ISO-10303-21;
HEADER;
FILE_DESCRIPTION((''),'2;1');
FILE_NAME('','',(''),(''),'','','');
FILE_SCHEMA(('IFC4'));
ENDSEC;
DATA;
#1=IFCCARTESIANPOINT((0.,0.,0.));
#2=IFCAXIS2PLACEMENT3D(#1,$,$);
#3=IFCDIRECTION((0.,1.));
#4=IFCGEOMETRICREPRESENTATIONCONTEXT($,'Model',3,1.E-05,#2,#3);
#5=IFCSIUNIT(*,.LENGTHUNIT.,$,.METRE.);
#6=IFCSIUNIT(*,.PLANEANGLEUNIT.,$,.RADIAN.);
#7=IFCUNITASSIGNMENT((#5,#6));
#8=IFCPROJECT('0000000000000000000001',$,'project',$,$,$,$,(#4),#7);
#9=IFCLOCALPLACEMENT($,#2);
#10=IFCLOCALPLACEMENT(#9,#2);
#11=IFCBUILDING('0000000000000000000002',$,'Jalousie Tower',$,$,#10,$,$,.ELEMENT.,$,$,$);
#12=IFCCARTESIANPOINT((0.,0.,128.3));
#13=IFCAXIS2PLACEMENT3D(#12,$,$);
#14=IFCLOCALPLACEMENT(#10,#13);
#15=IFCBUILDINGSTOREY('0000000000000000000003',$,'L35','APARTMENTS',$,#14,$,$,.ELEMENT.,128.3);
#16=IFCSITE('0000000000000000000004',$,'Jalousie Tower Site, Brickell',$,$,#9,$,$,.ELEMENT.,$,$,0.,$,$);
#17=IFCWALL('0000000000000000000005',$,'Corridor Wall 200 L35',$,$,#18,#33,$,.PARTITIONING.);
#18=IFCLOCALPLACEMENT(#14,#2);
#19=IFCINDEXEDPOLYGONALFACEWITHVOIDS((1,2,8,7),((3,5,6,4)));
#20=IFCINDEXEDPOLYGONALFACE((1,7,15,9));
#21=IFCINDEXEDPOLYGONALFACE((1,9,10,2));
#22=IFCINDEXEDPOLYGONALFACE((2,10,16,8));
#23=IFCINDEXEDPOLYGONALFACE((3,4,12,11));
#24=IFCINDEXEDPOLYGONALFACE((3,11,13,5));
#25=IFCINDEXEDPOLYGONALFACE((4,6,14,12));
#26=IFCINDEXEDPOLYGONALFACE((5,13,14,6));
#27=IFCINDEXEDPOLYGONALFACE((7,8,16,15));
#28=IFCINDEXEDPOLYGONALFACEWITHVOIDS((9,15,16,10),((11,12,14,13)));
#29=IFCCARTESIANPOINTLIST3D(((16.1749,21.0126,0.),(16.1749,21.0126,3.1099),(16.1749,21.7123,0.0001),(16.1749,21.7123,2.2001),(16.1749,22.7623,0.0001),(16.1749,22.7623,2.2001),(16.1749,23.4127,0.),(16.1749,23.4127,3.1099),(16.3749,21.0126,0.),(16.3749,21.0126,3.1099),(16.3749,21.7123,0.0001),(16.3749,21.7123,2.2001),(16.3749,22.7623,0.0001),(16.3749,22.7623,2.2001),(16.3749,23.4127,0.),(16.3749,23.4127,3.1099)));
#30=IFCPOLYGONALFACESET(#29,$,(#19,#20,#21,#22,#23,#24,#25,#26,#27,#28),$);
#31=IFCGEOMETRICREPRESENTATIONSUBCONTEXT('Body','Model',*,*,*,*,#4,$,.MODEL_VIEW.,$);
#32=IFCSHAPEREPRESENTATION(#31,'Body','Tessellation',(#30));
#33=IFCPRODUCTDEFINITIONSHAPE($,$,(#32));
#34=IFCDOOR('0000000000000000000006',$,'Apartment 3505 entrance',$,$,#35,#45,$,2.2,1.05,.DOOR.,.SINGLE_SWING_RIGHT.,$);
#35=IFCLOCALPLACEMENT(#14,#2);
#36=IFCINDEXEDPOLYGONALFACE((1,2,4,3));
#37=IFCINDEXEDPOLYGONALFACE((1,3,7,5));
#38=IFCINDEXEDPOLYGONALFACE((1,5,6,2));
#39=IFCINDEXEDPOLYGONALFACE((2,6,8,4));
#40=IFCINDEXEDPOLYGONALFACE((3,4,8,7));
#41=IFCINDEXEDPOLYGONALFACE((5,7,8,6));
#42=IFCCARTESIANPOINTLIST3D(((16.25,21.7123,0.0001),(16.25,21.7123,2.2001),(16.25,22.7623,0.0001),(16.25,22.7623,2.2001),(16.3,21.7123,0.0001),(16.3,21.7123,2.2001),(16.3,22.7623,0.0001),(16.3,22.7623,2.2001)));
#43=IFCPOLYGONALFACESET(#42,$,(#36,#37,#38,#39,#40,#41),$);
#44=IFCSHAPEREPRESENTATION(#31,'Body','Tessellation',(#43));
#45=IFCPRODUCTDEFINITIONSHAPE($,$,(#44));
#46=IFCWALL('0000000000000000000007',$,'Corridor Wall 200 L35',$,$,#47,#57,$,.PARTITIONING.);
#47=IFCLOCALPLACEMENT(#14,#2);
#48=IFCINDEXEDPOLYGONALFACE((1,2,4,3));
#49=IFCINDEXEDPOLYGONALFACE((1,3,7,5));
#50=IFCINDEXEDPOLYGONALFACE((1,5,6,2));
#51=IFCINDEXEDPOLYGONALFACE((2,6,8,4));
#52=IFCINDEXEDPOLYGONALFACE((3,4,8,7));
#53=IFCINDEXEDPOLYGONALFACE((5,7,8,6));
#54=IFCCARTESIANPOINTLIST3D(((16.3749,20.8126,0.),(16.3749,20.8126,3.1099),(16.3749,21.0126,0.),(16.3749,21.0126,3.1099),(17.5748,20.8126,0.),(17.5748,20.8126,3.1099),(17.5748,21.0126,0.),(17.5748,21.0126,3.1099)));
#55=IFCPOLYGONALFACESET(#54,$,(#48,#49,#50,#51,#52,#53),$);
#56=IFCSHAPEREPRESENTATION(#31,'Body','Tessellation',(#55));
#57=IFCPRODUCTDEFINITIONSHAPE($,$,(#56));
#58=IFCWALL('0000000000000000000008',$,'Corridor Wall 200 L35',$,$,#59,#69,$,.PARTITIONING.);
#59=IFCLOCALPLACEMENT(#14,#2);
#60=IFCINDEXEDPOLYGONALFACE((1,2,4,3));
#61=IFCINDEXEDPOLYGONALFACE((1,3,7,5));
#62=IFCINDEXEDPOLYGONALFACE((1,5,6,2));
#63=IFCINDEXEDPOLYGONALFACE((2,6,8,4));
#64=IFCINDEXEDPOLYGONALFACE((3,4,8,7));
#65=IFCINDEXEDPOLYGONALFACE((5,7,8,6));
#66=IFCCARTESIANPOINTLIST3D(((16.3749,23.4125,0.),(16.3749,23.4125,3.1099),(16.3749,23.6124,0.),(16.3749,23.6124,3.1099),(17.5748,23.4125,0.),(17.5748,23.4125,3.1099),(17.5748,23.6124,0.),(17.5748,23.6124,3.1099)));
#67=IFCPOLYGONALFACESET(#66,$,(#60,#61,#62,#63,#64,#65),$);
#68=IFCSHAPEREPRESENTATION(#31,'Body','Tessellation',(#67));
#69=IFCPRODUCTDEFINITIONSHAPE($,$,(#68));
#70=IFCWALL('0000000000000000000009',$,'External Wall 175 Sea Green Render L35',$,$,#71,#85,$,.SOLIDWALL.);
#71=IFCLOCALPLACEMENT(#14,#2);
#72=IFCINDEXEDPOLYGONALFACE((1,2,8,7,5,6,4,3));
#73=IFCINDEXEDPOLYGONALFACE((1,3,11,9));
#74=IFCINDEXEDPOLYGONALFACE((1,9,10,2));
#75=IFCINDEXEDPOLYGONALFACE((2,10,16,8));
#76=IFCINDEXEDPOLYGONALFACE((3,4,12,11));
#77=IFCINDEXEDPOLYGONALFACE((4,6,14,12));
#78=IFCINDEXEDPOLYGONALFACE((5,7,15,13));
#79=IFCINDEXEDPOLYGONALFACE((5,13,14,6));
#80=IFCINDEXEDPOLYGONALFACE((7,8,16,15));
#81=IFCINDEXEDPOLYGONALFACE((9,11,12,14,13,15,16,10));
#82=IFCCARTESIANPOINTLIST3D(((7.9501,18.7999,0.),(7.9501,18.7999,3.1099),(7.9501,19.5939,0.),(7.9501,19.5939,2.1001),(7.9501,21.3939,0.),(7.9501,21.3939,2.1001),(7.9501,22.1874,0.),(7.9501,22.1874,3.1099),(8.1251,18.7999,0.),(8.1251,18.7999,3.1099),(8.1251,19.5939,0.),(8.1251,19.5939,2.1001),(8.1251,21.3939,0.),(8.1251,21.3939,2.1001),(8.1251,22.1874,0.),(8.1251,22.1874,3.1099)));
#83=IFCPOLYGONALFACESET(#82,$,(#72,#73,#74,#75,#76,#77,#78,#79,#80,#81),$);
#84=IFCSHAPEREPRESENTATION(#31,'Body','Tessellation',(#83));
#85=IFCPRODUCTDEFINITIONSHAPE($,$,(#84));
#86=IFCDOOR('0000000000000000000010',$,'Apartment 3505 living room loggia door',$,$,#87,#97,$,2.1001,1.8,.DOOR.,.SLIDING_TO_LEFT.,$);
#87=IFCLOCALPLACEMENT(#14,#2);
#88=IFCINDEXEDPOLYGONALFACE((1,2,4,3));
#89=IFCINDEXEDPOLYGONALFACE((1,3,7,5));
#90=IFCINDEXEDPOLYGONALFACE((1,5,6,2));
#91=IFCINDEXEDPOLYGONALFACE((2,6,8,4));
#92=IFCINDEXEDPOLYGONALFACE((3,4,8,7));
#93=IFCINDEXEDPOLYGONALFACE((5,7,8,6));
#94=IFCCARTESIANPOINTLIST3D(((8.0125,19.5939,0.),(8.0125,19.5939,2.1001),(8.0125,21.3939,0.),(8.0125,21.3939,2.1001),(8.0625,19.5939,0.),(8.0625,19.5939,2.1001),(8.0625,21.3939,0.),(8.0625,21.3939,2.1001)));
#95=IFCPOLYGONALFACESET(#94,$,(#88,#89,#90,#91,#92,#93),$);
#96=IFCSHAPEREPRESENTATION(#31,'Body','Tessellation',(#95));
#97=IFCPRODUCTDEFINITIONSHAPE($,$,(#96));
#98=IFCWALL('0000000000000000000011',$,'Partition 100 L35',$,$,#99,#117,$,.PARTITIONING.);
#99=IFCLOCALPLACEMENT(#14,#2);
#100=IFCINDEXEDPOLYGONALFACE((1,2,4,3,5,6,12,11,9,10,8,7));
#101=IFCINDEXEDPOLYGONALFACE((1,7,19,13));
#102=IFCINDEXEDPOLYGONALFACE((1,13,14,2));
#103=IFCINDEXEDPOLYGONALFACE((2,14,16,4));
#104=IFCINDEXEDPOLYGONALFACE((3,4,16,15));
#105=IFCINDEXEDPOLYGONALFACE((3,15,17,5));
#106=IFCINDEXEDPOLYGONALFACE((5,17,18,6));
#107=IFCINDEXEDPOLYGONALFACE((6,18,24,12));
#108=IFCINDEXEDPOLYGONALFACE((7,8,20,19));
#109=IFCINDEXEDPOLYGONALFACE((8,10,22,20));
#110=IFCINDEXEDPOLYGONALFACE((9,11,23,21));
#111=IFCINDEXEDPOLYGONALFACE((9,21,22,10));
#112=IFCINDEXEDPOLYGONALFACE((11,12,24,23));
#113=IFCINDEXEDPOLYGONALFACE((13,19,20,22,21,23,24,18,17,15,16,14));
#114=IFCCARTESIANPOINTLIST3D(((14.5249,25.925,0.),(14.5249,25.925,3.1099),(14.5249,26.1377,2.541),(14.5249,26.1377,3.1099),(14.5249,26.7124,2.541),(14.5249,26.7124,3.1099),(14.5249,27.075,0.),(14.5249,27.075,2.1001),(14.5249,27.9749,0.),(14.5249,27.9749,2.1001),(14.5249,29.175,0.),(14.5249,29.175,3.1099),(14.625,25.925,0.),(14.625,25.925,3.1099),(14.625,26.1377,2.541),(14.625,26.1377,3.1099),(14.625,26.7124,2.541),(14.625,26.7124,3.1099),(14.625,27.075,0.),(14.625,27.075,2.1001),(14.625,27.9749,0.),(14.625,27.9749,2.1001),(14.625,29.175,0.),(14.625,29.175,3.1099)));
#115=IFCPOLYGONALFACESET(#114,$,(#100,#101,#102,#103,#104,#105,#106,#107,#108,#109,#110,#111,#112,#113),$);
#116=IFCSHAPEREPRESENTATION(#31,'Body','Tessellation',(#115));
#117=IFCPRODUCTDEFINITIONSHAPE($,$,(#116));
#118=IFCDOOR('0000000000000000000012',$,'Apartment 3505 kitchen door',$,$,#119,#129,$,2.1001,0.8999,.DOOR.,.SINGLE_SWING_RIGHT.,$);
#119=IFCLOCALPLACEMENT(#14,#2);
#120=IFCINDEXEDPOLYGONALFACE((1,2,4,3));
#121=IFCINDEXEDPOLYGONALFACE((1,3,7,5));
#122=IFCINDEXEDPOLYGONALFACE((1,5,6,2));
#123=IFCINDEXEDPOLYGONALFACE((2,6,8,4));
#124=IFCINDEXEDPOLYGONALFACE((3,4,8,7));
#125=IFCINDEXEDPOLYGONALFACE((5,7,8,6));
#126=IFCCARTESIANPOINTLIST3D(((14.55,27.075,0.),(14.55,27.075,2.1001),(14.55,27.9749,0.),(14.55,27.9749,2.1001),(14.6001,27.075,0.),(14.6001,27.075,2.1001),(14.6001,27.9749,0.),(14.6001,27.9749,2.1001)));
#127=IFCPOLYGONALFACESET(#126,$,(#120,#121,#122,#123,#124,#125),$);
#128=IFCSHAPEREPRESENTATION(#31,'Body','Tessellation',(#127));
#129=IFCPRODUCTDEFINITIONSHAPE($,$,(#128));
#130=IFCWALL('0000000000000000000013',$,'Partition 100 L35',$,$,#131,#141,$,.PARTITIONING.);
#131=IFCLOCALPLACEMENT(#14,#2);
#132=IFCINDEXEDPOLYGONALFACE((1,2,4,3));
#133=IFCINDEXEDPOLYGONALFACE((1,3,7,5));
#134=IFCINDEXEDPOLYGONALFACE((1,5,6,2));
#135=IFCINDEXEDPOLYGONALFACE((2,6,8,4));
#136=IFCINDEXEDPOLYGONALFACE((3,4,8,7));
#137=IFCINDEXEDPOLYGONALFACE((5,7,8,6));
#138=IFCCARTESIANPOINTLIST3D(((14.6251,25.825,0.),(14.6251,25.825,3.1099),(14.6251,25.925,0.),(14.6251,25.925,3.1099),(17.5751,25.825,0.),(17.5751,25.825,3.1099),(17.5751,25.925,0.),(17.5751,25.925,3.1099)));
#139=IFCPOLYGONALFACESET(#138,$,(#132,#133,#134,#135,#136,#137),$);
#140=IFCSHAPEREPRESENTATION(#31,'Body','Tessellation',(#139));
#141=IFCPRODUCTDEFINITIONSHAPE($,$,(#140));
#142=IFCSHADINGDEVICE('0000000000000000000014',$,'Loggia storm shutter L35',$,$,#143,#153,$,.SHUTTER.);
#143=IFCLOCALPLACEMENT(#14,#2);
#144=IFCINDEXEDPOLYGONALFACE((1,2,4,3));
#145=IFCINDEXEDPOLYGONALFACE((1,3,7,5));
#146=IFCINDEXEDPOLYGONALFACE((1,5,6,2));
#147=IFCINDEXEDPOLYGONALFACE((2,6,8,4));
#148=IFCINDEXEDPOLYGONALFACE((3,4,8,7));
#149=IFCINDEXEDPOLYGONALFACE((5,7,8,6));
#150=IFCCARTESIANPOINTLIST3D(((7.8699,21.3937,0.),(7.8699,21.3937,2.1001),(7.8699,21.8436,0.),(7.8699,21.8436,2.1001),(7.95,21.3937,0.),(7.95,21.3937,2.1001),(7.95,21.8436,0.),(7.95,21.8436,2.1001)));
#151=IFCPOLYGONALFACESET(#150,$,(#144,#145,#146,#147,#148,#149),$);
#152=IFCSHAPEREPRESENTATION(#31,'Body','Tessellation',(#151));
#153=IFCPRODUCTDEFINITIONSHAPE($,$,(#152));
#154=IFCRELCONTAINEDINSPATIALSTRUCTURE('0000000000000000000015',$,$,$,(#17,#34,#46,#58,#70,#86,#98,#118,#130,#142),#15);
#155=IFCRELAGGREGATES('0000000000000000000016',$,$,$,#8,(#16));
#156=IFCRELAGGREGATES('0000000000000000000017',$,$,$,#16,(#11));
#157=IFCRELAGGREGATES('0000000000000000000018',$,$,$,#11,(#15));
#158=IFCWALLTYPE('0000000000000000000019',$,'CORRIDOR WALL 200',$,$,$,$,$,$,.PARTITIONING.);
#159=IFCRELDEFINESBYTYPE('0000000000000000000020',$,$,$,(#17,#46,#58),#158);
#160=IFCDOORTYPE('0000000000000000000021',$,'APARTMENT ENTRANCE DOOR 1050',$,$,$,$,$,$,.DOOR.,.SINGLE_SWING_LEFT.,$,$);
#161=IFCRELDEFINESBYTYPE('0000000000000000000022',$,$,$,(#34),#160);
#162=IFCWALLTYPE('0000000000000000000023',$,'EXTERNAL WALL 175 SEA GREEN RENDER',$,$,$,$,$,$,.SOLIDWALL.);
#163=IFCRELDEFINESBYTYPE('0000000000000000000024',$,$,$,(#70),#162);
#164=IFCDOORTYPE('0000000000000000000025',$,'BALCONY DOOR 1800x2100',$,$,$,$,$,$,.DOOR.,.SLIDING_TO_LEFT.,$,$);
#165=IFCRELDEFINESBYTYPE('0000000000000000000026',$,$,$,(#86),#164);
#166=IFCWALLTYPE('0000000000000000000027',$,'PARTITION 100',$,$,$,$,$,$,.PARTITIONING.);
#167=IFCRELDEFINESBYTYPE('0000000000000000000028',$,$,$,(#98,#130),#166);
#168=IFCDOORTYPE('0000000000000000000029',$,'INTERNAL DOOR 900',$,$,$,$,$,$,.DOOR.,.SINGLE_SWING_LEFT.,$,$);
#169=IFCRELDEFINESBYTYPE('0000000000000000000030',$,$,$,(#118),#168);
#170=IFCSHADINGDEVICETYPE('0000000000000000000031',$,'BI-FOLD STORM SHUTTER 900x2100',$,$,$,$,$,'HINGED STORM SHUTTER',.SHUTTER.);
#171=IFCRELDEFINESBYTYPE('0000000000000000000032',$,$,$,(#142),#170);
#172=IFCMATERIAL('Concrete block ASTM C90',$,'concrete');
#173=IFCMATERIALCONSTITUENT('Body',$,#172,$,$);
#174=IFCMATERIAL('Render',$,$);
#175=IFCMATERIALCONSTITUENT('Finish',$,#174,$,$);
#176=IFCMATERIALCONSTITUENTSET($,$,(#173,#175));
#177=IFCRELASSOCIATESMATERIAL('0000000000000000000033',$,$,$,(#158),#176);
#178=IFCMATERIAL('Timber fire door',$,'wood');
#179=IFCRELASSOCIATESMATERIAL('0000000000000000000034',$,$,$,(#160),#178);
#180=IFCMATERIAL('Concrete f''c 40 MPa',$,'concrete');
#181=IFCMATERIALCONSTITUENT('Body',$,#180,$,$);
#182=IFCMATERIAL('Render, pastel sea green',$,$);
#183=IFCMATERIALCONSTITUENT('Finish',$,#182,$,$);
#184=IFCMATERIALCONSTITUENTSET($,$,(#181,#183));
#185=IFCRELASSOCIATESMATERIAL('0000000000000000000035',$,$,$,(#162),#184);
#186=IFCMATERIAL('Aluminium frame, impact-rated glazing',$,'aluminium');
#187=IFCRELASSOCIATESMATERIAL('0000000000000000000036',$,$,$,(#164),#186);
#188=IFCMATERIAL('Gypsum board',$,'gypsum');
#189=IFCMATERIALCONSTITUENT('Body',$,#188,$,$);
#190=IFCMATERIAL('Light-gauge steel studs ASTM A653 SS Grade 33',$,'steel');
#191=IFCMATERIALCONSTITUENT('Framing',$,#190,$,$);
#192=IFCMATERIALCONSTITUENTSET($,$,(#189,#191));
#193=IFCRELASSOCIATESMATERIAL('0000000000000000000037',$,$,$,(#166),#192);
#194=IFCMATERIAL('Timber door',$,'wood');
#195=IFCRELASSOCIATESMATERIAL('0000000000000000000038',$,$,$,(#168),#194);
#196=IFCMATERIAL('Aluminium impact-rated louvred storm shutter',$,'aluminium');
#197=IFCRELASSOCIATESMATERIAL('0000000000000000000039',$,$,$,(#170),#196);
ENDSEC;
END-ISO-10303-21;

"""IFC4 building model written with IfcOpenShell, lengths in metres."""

from ifc_helpers import new_model, si_unit, direction, frame, frame_2d, origin, origin_2d, place, context, subcontext, project, spatial, polyline, rectangle, outline, extrude, material, constituent, constituent_set, type_object, element, fill, save


model = new_model("IFC4")

# Units and contexts
model_context = context("Model", 3, precision=1e-05, world=origin(), true_north=direction((0.0, 1.0)))
body_context = subcontext(model_context, "Body", "Model", "MODEL_VIEW")
ifc_project = project(units=[si_unit("LENGTHUNIT", "METRE"), si_unit("PLANEANGLEUNIT", "RADIAN")], contexts=[model_context])

# Site, building, storey
site_placement = place(None, origin())
site = spatial("IfcSite", under=ifc_project, at=site_placement, Name="Jalousie Tower Site, Brickell", CompositionType="ELEMENT", RefElevation=0.0)
building_placement = place(site_placement, origin())
building = spatial("IfcBuilding", under=site, at=building_placement, Name="Jalousie Tower", CompositionType="ELEMENT")
storey_placement = place(building_placement, frame((0.0, 0.0, 128.3)))
storey = spatial("IfcBuildingStorey", under=building, at=storey_placement, Name="L35", Description="APARTMENTS", CompositionType="ELEMENT", Elevation=128.3)

# Shared definitions
ifc_material_1 = material(Name="Concrete block ASTM C90", Category="concrete")
ifc_constituent_1 = constituent(ifc_material_1, Name="Body")
ifc_material_2 = material(Name="Render")
ifc_constituent_2 = constituent(ifc_material_2, Name="Finish")
ifc_constituent_set_1 = constituent_set(constituents=[ifc_constituent_1, ifc_constituent_2])
wall_type_1 = type_object("IfcWallType", Name="CORRIDOR WALL 200", PredefinedType="PARTITIONING", material=ifc_constituent_set_1)
ifc_material_3 = material(Name="Timber fire door", Category="wood")
door_type_1 = type_object("IfcDoorType", Name="APARTMENT ENTRANCE DOOR 1050", OperationType="SINGLE_SWING_LEFT", PredefinedType="DOOR", material=ifc_material_3)

# Wall, opening, door
wall_1_placement = place(storey_placement, frame((16.2749, 21.0125, 0.0), z_axis=(0.0, 0.0, 1.0), x_axis=(0.0, 1.0, 0.0)))
wall_1 = element("IfcWall", 1, at=wall_1_placement, inside=storey, type_object=wall_type_1, Name="Corridor Wall 200 L35", PredefinedType="PARTITIONING", context=body_context, shape_type="SweptSolid", body=[
    extrude(rectangle(XDim=2.4001, YDim=0.2, at=frame_2d((1.2002, 0.0))), origin(), (0.0, 0.0, 1.0), 3.1099),
])
opening_1_placement = place(wall_1_placement, frame((0.7, 0.0, 0.0)))
opening_1 = element("IfcOpeningElement", 2, at=opening_1_placement, cuts=wall_1, PredefinedType="OPENING", context=body_context, shape_type="SweptSolid", body=[
    extrude(rectangle(XDim=1.05, YDim=2.2, at=frame_2d((0.5249, 1.1001))), frame((0.0, 0.1099, 0.0), z_axis=(0.0, -1.0, 0.0), x_axis=(1.0, 0.0, 0.0)), (0.0, 0.0, 1.0), 0.22),
])
door_1_placement = place(opening_1_placement, origin())
door_1 = element("IfcDoor", 3, at=door_1_placement, inside=storey, type_object=door_type_1, Name="Apartment 3505 entrance", OperationType="SINGLE_SWING_RIGHT", OverallHeight=2.2, OverallWidth=1.05, PredefinedType="DOOR", context=body_context, shape_type="SweptSolid", body=[
    extrude(rectangle(XDim=1.05, YDim=2.2, at=frame_2d((0.5249, 1.1001))), frame((0.0, 0.0249, 0.0), z_axis=(0.0, -1.0, 0.0), x_axis=(1.0, 0.0, 0.0)), (0.0, 0.0, 1.0), 0.05),
])
fill(opening_1, door_1)

# Walls
for number, where, z_axis, x_axis, name in (
    (4, (17.575, 20.9126, 0.0), (0.0, 0.0, 1.0), (-1.0, 0.0, 0.0), "Corridor Wall 200 L35"),
    (5, (17.575, 23.5125, 0.0), (0.0, 0.0, 1.0), (-1.0, 0.0, 0.0), "Corridor Wall 200 L35"),
):
    element("IfcWall", number, at=place(storey_placement, frame(where, z_axis=z_axis, x_axis=x_axis)), inside=storey, type_object=wall_type_1, Name=name, PredefinedType="PARTITIONING", context=body_context, shape_type="SweptSolid", body=[
        extrude(rectangle(XDim=1.2, YDim=0.2, at=frame_2d((0.6001, 0.0))), origin(), (0.0, 0.0, 1.0), 3.1099),
    ])

# Walls, openings, doors
ifc_material_4 = material(Name="Concrete f'c 40 MPa", Category="concrete")
ifc_constituent_3 = constituent(ifc_material_4, Name="Body")
ifc_material_5 = material(Name="Render, pastel sea green")
ifc_constituent_4 = constituent(ifc_material_5, Name="Finish")
ifc_constituent_set_2 = constituent_set(constituents=[ifc_constituent_3, ifc_constituent_4])
wall_type_2 = type_object("IfcWallType", Name="EXTERNAL WALL 175 SEA GREEN RENDER", PredefinedType="SOLIDWALL", material=ifc_constituent_set_2)
wall_2_placement = place(storey_placement, frame((8.0376, 22.1875, 0.0), z_axis=(0.0, 0.0, 1.0), x_axis=(0.0, -1.0, 0.0)))
wall_2 = element("IfcWall", 6, at=wall_2_placement, inside=storey, type_object=wall_type_2, Name="External Wall 175 Sea Green Render L35", PredefinedType="SOLIDWALL", context=body_context, shape_type="SweptSolid", body=[
    extrude(rectangle(XDim=3.3875, YDim=0.175, at=frame_2d((1.6938, 0.0))), origin(), (0.0, 0.0, 1.0), 3.1099),
])
opening_2_placement = place(wall_2_placement, frame((0.7937, 0.0, 0.0)))
opening_2 = element("IfcOpeningElement", 7, at=opening_2_placement, cuts=wall_2, PredefinedType="OPENING", context=body_context, shape_type="SweptSolid", body=[
    extrude(rectangle(XDim=1.8, YDim=2.1001, at=frame_2d((0.8999, 1.05))), frame((0.0, 0.0974, 0.0), z_axis=(0.0, -1.0, 0.0), x_axis=(1.0, 0.0, 0.0)), (0.0, 0.0, 1.0), 0.1951),
])
ifc_material_6 = material(Name="Aluminium frame, impact-rated glazing", Category="aluminium")
door_type_2 = type_object("IfcDoorType", Name="BALCONY DOOR 1800x2100", OperationType="SLIDING_TO_LEFT", PredefinedType="DOOR", material=ifc_material_6)
door_2_placement = place(opening_2_placement, origin())
door_2 = element("IfcDoor", 8, at=door_2_placement, inside=storey, type_object=door_type_2, Name="Apartment 3505 living room loggia door", OperationType="SLIDING_TO_LEFT", OverallHeight=2.1001, OverallWidth=1.8, PredefinedType="DOOR", context=body_context, shape_type="SweptSolid", body=[
    extrude(rectangle(XDim=1.8, YDim=2.1001, at=frame_2d((0.8999, 1.05))), frame((0.0, 0.0249, 0.0), z_axis=(0.0, -1.0, 0.0), x_axis=(1.0, 0.0, 0.0)), (0.0, 0.0, 1.0), 0.05),
])
fill(opening_2, door_2)
ifc_material_7 = material(Name="Gypsum board", Category="gypsum")
ifc_constituent_5 = constituent(ifc_material_7, Name="Body")
ifc_material_8 = material(Name="Light-gauge steel studs ASTM A653 SS Grade 33", Category="steel")
ifc_constituent_6 = constituent(ifc_material_8, Name="Framing")
ifc_constituent_set_3 = constituent_set(constituents=[ifc_constituent_5, ifc_constituent_6])
wall_type_3 = type_object("IfcWallType", Name="PARTITION 100", PredefinedType="PARTITIONING", material=ifc_constituent_set_3)
wall_3_placement = place(storey_placement, frame((14.575, 25.925, 0.0), z_axis=(0.0, 0.0, 1.0), x_axis=(0.0, 1.0, 0.0)))
wall_3 = element("IfcWall", 9, at=wall_3_placement, inside=storey, type_object=wall_type_3, Name="Partition 100 L35", PredefinedType="PARTITIONING", context=body_context, shape_type="SweptSolid", body=[
    extrude(outline(polyline([(0.0, 0.0), (3.25, 0.0), (3.25, 3.1099), (0.7874, 3.1099), (0.7874, 2.541), (0.2126, 2.541), (0.2126, 3.1099), (0.0, 3.1099), (0.0, 0.0)])), frame((0.0, 0.05, 0.0), z_axis=(0.0, -1.0, 0.0), x_axis=(1.0, 0.0, 0.0)), (0.0, 0.0, 1.0), 0.1001),
])
opening_3_placement = place(wall_3_placement, frame((1.1499, 0.0, 0.0)))
opening_3 = element("IfcOpeningElement", 10, at=opening_3_placement, cuts=wall_3, PredefinedType="OPENING", context=body_context, shape_type="SweptSolid", body=[
    extrude(rectangle(XDim=0.8999, YDim=2.1001, at=frame_2d((0.45, 1.05))), frame((0.0, 0.0601, 0.0), z_axis=(0.0, -1.0, 0.0), x_axis=(1.0, 0.0, 0.0)), (0.0, 0.0, 1.0), 0.1201),
])
ifc_material_9 = material(Name="Timber door", Category="wood")
door_type_3 = type_object("IfcDoorType", Name="INTERNAL DOOR 900", OperationType="SINGLE_SWING_LEFT", PredefinedType="DOOR", material=ifc_material_9)
door_3_placement = place(opening_3_placement, origin())
door_3 = element("IfcDoor", 11, at=door_3_placement, inside=storey, type_object=door_type_3, Name="Apartment 3505 kitchen door", OperationType="SINGLE_SWING_RIGHT", OverallHeight=2.1001, OverallWidth=0.8999, PredefinedType="DOOR", context=body_context, shape_type="SweptSolid", body=[
    extrude(rectangle(XDim=0.8999, YDim=2.1001, at=frame_2d((0.45, 1.05))), frame((0.0, 0.0249, 0.0), z_axis=(0.0, -1.0, 0.0), x_axis=(1.0, 0.0, 0.0)), (0.0, 0.0, 1.0), 0.05),
])
fill(opening_3, door_3)

# Wall
wall_4_placement = place(storey_placement, frame((14.625, 25.875, 0.0), z_axis=(0.0, 0.0, 1.0), x_axis=(1.0, 0.0, 0.0)))
element("IfcWall", 12, at=wall_4_placement, inside=storey, type_object=wall_type_3, Name="Partition 100 L35", PredefinedType="PARTITIONING", context=body_context, shape_type="SweptSolid", body=[
    extrude(rectangle(XDim=2.95, YDim=0.1001, at=frame_2d((1.4751, 0.0))), origin(), (0.0, 0.0, 1.0), 3.1099),
])

# Shading device
ifc_material_10 = material(Name="Aluminium impact-rated louvred storm shutter", Category="aluminium")
shading_device_type = type_object("IfcShadingDeviceType", Name="BI-FOLD STORM SHUTTER 900x2100", ElementType="HINGED STORM SHUTTER", PredefinedType="SHUTTER", material=ifc_material_10)
shading_device_placement = place(storey_placement, frame((7.9099, 21.6187, 0.0), z_axis=(0.0, 0.0, 1.0), x_axis=(0.0, -1.0, 0.0)))
element("IfcShadingDevice", 13, at=shading_device_placement, inside=storey, type_object=shading_device_type, Name="Loggia storm shutter L35", PredefinedType="SHUTTER", context=body_context, shape_type="SweptSolid", body=[
    extrude(rectangle(XDim=0.45, YDim=0.0801, at=origin_2d()), origin(), (0.0, 0.0, 1.0), 2.1001),
])

save(model, "model.ifc")
